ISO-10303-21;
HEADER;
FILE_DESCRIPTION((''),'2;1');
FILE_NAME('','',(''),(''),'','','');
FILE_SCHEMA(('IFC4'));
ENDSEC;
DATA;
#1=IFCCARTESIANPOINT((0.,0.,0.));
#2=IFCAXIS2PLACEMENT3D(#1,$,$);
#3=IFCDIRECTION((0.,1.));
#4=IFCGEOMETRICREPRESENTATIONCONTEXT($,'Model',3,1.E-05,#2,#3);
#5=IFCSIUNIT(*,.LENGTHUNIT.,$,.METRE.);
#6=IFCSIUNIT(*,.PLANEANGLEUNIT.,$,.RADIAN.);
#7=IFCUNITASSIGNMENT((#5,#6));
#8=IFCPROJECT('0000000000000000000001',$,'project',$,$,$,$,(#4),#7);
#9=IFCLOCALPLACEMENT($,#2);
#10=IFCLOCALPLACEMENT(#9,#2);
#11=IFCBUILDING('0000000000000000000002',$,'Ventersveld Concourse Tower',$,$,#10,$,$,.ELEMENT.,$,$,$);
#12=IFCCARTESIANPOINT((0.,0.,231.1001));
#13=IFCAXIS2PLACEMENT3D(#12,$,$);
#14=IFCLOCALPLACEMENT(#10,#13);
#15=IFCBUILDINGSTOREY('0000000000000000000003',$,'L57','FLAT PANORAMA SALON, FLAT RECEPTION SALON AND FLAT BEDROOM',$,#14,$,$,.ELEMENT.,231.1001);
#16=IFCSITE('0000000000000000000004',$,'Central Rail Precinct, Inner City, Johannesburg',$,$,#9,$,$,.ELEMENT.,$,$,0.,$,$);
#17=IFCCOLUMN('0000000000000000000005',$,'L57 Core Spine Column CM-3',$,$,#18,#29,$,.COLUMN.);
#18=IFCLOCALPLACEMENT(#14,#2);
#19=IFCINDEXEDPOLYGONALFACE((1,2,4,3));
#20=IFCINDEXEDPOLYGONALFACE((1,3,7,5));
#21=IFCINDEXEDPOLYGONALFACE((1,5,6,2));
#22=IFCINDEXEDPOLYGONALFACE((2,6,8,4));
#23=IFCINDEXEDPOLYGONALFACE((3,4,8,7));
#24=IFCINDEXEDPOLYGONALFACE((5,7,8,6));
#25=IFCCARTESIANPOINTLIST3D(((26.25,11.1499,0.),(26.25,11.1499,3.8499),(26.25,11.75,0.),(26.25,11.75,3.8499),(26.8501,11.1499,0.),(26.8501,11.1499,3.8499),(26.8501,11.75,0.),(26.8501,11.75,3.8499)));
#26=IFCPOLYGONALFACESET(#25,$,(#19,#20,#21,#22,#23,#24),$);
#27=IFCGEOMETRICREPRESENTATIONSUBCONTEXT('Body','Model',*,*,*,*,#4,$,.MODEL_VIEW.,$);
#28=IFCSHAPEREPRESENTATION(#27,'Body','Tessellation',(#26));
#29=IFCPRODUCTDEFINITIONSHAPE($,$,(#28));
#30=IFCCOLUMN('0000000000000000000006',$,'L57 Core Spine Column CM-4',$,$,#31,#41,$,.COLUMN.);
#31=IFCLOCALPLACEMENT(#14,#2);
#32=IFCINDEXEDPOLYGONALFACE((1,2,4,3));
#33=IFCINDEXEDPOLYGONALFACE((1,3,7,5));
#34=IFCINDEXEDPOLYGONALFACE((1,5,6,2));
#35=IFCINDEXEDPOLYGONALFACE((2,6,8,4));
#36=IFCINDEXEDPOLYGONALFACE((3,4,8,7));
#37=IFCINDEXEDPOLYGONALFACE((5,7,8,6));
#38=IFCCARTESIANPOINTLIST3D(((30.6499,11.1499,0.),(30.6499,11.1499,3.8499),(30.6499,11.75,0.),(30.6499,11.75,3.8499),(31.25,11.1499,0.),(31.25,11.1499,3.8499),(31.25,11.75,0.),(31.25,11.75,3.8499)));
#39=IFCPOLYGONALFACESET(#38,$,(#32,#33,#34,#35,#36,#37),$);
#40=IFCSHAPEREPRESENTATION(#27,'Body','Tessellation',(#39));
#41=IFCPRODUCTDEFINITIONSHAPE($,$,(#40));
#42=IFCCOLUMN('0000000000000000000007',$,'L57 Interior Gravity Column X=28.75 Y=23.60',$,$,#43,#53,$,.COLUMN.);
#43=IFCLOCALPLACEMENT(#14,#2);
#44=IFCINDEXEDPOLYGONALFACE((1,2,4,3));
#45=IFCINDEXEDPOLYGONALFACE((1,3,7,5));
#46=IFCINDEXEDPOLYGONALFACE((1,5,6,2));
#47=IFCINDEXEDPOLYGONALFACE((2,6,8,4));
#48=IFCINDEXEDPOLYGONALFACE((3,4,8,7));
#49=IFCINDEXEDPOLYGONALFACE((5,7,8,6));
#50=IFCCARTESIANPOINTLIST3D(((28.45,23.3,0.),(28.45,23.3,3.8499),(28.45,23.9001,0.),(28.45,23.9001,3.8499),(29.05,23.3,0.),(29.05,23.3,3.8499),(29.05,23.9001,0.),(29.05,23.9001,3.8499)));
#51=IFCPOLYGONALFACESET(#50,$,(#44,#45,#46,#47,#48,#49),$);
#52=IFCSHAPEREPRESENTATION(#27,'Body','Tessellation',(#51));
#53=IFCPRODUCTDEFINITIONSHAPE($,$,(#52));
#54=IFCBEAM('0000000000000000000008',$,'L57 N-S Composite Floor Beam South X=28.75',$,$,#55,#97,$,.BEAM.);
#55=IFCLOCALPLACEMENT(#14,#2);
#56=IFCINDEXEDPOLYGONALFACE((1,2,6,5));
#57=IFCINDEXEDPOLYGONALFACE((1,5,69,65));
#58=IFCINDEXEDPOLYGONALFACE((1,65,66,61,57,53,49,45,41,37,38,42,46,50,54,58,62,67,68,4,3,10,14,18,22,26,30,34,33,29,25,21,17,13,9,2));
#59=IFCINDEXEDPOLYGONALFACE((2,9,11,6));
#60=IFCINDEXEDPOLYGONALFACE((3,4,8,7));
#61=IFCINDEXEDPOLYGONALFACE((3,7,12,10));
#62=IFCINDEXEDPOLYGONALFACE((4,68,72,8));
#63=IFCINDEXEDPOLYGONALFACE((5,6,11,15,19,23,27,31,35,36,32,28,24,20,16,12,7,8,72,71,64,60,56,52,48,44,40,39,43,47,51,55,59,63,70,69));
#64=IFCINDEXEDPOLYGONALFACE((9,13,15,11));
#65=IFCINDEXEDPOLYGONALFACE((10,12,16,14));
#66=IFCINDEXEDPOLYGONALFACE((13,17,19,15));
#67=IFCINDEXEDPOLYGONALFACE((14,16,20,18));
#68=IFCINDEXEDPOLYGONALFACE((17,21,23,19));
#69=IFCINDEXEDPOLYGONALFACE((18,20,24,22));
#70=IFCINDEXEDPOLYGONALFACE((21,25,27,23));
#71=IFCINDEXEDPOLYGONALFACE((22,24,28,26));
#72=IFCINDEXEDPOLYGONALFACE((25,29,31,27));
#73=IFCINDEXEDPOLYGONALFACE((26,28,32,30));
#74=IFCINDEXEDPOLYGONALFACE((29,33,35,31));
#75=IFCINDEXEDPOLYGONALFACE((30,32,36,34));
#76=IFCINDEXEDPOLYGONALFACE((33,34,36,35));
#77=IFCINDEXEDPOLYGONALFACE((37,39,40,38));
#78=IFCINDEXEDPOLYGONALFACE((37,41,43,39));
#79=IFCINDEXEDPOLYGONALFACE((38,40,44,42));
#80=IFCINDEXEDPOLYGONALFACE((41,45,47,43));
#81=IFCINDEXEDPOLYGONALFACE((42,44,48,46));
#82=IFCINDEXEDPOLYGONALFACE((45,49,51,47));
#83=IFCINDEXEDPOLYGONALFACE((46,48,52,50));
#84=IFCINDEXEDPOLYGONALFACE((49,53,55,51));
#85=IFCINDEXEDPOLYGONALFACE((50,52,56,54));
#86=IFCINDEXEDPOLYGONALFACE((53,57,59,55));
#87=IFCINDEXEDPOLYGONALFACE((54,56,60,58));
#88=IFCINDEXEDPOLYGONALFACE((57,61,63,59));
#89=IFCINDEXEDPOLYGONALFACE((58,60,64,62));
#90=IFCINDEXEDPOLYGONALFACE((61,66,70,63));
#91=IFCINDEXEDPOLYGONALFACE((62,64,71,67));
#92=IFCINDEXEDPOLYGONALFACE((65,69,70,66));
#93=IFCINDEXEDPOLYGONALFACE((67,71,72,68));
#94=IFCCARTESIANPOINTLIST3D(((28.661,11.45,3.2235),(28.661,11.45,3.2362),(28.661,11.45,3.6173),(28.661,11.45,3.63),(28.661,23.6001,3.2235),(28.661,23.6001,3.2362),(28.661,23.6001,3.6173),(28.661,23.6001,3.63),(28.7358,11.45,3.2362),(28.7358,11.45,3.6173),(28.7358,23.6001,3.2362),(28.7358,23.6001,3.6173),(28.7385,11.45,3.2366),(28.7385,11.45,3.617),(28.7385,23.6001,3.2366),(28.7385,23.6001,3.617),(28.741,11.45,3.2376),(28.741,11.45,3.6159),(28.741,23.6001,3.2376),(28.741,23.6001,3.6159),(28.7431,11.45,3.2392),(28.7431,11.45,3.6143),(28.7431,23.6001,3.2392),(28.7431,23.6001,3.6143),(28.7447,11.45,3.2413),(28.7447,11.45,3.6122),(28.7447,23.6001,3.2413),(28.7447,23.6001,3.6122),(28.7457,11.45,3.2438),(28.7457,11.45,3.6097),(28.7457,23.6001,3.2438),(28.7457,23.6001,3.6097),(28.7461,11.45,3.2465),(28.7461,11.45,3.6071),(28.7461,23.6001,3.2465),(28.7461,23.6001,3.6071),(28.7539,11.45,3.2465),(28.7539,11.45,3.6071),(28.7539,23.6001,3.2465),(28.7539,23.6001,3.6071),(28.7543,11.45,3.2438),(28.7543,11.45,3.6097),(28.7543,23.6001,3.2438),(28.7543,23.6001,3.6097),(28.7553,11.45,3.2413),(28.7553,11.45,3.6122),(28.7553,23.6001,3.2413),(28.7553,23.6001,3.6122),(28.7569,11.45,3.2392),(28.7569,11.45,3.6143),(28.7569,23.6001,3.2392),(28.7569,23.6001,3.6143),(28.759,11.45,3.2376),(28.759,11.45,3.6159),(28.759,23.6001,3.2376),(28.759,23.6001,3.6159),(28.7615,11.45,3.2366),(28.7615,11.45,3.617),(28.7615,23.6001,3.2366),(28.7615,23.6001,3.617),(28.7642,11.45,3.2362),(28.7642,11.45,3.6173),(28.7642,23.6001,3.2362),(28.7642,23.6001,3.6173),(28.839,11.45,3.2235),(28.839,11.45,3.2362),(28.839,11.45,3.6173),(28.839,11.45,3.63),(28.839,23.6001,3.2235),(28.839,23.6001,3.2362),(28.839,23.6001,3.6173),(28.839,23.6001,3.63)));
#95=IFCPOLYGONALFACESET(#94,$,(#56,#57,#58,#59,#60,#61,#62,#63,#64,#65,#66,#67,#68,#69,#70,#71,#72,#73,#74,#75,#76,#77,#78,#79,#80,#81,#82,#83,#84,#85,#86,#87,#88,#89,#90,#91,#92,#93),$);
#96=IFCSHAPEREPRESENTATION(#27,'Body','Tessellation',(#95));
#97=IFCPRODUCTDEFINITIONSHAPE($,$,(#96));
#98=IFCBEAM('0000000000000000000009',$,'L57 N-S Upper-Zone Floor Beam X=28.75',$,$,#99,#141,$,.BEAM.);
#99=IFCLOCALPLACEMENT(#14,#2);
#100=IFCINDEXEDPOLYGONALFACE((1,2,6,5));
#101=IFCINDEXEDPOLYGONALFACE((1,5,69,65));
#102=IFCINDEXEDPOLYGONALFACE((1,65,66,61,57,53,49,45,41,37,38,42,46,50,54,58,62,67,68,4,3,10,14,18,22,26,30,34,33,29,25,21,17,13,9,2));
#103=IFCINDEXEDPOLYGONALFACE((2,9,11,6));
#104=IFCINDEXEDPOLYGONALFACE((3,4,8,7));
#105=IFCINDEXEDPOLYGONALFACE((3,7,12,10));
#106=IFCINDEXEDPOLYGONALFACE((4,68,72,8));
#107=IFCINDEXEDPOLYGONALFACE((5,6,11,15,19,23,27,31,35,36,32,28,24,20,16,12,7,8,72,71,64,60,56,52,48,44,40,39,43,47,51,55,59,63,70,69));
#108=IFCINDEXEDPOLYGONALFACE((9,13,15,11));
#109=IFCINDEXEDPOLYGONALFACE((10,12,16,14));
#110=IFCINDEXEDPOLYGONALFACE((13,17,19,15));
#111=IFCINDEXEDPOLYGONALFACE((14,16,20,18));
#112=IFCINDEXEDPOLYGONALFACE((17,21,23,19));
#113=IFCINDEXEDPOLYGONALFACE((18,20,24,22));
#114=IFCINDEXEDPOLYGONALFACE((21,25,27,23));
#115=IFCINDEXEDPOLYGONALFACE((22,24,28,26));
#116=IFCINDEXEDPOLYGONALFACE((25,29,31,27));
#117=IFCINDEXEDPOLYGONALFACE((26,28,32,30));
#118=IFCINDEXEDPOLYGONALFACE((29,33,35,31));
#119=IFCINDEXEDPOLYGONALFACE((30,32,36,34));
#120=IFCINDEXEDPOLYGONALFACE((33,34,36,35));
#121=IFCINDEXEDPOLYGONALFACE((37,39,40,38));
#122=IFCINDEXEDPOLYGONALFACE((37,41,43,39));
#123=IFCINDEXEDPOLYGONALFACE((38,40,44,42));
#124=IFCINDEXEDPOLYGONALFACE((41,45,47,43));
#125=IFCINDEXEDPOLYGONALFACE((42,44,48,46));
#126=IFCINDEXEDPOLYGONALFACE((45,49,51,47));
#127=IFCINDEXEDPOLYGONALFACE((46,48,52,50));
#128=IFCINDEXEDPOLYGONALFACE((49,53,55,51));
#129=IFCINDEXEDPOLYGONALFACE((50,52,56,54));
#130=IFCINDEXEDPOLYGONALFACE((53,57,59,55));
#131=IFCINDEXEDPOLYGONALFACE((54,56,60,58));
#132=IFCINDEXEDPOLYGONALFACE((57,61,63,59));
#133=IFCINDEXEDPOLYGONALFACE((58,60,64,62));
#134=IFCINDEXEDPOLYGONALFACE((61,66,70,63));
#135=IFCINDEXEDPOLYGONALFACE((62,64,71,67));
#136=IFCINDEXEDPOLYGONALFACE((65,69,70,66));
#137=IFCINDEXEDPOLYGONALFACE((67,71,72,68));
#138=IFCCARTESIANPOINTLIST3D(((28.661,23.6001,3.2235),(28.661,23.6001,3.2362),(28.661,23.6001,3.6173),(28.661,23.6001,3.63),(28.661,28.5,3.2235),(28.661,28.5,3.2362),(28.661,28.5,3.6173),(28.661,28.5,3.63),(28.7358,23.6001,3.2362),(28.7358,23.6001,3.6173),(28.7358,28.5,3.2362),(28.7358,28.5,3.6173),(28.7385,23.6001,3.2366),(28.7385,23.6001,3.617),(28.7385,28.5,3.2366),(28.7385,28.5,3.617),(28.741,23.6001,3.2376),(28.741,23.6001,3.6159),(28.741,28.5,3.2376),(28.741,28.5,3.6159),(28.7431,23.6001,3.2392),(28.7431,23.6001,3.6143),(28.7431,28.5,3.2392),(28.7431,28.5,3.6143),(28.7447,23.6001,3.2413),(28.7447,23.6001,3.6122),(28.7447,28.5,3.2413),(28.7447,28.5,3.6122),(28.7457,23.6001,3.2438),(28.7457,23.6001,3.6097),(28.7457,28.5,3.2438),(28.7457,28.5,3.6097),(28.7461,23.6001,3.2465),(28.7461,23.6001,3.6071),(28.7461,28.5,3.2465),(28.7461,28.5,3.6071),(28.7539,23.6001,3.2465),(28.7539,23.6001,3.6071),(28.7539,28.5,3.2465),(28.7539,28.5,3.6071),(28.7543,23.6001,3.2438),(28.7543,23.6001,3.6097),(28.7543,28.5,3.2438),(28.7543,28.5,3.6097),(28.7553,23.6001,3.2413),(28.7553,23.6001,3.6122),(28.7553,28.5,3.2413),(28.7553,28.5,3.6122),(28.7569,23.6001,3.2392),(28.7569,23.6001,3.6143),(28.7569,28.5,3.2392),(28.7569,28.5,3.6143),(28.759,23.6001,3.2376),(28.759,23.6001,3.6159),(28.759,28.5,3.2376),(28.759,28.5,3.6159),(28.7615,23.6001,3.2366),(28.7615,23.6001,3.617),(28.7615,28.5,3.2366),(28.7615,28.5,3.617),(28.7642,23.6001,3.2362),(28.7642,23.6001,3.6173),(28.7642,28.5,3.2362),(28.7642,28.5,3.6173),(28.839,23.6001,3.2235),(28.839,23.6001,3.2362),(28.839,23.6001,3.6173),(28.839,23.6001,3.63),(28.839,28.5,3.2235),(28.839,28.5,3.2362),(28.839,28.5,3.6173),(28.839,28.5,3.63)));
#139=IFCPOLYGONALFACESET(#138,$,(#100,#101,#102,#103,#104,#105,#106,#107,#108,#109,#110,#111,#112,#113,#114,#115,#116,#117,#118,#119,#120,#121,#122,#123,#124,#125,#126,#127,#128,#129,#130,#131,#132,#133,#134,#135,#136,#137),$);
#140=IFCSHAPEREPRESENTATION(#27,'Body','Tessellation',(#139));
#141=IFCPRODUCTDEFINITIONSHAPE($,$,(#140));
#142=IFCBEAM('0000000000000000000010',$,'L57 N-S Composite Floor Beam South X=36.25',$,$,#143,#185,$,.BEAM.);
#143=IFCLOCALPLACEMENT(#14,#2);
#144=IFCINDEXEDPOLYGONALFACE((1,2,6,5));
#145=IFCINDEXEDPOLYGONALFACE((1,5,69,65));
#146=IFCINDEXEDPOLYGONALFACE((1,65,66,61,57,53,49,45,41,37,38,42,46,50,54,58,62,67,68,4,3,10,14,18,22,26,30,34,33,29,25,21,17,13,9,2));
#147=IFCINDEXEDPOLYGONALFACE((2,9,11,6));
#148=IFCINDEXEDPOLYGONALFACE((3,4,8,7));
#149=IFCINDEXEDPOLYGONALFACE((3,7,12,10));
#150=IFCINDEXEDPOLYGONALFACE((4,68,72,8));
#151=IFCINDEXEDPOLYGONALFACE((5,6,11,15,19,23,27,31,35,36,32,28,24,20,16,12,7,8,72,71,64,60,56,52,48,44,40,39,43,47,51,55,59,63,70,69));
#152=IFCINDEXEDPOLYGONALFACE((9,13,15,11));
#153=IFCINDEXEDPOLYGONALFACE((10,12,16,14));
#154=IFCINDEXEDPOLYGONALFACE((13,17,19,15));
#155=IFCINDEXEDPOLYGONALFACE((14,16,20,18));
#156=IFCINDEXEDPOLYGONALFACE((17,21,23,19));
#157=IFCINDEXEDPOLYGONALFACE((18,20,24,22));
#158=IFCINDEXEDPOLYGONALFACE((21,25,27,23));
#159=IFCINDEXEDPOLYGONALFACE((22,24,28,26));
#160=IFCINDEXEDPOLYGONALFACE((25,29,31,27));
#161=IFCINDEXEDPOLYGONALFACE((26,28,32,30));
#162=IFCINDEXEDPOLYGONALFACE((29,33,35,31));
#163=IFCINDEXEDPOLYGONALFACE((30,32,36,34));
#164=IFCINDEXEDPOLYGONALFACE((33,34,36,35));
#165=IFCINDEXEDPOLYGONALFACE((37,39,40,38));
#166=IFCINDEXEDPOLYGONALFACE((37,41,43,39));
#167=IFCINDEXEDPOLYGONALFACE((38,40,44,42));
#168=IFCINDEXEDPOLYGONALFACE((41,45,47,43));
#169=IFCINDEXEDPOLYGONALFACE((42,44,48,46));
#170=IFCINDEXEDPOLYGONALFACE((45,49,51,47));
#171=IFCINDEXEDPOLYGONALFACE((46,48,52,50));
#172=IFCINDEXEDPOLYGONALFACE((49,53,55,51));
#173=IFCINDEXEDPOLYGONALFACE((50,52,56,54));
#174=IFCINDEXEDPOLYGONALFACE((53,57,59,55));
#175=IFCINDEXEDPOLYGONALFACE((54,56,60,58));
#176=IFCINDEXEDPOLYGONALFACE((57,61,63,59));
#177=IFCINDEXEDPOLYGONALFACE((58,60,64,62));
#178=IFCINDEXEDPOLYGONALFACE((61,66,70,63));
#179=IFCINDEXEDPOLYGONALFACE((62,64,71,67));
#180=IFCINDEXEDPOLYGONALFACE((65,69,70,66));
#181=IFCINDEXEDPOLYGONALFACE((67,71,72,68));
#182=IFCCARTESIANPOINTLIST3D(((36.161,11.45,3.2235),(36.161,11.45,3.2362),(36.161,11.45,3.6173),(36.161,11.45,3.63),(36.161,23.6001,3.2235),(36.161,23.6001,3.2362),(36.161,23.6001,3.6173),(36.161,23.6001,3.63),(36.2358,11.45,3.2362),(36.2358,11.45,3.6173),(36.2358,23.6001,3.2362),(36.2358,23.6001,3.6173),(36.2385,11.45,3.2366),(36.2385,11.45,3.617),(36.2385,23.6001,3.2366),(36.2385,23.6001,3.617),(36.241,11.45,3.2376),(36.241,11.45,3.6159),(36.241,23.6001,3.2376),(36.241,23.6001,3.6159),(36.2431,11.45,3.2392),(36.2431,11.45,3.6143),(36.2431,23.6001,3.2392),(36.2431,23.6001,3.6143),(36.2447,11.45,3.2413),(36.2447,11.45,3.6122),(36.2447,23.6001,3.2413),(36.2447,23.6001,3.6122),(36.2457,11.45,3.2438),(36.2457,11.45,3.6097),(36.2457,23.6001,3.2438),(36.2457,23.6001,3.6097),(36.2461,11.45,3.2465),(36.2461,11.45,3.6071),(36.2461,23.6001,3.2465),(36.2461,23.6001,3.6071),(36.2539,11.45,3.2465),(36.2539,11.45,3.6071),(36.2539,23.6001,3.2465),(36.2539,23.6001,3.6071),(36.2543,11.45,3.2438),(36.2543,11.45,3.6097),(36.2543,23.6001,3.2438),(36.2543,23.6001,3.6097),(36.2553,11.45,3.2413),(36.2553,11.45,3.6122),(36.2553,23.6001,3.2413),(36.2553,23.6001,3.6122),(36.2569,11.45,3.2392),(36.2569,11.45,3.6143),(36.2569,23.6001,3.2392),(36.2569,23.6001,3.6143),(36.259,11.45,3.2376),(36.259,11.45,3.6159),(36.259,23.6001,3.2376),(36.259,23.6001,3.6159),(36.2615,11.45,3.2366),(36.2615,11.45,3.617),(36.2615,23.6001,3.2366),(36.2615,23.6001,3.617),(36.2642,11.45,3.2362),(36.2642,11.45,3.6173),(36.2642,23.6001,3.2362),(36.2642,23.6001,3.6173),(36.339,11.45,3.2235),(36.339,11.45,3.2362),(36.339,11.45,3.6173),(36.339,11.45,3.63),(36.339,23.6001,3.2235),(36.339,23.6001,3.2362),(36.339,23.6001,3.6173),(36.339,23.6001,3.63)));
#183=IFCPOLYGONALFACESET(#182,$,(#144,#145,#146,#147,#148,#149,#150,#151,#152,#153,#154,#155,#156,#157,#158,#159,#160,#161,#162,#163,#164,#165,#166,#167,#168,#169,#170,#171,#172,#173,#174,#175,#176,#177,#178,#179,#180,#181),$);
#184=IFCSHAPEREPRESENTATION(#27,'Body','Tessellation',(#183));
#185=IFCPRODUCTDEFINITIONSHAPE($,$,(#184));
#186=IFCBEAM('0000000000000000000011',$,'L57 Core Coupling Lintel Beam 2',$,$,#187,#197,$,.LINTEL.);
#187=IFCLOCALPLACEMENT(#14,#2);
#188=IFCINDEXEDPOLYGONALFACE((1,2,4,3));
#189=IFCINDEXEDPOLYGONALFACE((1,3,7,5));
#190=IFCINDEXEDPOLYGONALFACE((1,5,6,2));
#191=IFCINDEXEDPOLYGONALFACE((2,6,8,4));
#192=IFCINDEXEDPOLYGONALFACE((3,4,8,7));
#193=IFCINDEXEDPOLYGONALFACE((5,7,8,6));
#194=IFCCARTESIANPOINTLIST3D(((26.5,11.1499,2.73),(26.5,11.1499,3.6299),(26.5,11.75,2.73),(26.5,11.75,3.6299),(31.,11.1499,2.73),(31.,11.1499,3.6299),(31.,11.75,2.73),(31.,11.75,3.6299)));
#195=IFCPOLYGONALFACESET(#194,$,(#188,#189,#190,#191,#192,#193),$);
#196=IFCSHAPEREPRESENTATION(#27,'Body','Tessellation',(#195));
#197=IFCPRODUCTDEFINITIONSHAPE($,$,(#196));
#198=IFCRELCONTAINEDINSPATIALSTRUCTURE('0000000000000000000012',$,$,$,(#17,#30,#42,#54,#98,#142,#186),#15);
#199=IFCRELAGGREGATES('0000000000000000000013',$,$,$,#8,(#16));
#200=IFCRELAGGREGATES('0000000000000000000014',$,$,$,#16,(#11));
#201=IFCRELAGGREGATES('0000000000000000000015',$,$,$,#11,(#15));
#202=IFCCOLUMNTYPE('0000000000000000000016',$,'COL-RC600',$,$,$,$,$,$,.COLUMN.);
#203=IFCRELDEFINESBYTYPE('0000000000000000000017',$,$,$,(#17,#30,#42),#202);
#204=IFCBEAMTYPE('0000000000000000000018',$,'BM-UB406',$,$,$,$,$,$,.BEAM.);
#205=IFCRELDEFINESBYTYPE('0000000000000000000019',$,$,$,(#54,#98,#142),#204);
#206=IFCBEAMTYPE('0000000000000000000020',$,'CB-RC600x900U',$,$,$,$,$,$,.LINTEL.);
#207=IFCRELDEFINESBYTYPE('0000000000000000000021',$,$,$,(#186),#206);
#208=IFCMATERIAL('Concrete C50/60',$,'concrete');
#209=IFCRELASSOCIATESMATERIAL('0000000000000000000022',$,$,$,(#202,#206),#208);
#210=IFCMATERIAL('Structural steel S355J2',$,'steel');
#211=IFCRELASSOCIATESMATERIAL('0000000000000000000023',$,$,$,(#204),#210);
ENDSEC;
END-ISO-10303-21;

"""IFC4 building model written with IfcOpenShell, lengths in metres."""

from ifc_helpers import new_model, si_unit, direction, frame, origin, origin_2d, place, context, subcontext, project, spatial, rectangle, i_section, extrude, material, material_profile, profile_set, type_object, element, save


model = new_model("IFC4")

# Units and contexts
model_context = context("Model", 3, precision=1e-05, world=origin(), true_north=direction((0.0, 1.0)))
body_context = subcontext(model_context, "Body", "Model", "MODEL_VIEW")
ifc_project = project(units=[si_unit("LENGTHUNIT", "METRE"), si_unit("PLANEANGLEUNIT", "RADIAN")], contexts=[model_context])

# Site, building, storey
site_placement = place(None, origin())
site = spatial("IfcSite", under=ifc_project, at=site_placement, Name="Central Rail Precinct, Inner City, Johannesburg", CompositionType="ELEMENT", RefElevation=0.0)
building_placement = place(site_placement, origin())
building = spatial("IfcBuilding", under=site, at=building_placement, Name="Ventersveld Concourse Tower", CompositionType="ELEMENT")
storey_placement = place(building_placement, frame((0.0, 0.0, 231.1001)))
storey = spatial("IfcBuildingStorey", under=building, at=storey_placement, Name="L57", Description="FLAT PANORAMA SALON, FLAT RECEPTION SALON AND FLAT BEDROOM", CompositionType="ELEMENT", Elevation=231.1001)

# Columns
ifc_material_1 = material(Name="Concrete C50/60", Category="concrete")
ifc_material_profile_1 = material_profile(ifc_material_1, rectangle(XDim=0.6001, YDim=0.6001, at=origin_2d()), Name="RC 600x600")
ifc_profile_set_1 = profile_set([ifc_material_profile_1], Name="Concrete C50/60")
column_type = type_object("IfcColumnType", Name="COL-RC600", PredefinedType="COLUMN", material=ifc_profile_set_1)
for number, where, z_axis, x_axis, name in (
    (1, (26.55, 11.45, 0.0), (0.0, 0.0, 1.0), (1.0, 0.0, 0.0), "L57 Core Spine Column CM-3"),
    (2, (30.95, 11.45, 0.0), (0.0, 0.0, 1.0), (1.0, 0.0, 0.0), "L57 Core Spine Column CM-4"),
    (3, (28.75, 23.6001, 0.0), (0.0, 0.0, 1.0), (1.0, 0.0, 0.0), "L57 Interior Gravity Column X=28.75 Y=23.60"),
):
    element("IfcColumn", number, at=place(storey_placement, frame(where, z_axis=z_axis, x_axis=x_axis)), inside=storey, type_object=column_type, Name=name, PredefinedType="COLUMN", context=body_context, shape_type="SweptSolid", body=[
        extrude(rectangle(XDim=0.6001, YDim=0.6001, at=origin_2d()), origin(), (0.0, 0.0, 1.0), 3.8499),
    ])

# Beams
ifc_material_2 = material(Name="Structural steel S355J2", Category="steel")
ifc_material_profile_2 = material_profile(ifc_material_2, i_section(OverallWidth=0.178, OverallDepth=0.4065, WebThickness=0.0078, FlangeThickness=0.0127, FilletRadius=0.0103, at=origin_2d()), Name="UB 406x178x60")
ifc_profile_set_2 = profile_set([ifc_material_profile_2], Name="Structural steel S355J2")
beam_type_1 = type_object("IfcBeamType", Name="BM-UB406", PredefinedType="BEAM", material=ifc_profile_set_2)
beam_1_placement = place(storey_placement, frame((28.75, 11.45, 3.4268), z_axis=(0.0, 1.0, 0.0), x_axis=(-1.0, 0.0, 0.0)))
element("IfcBeam", 4, at=beam_1_placement, inside=storey, type_object=beam_type_1, Name="L57 N-S Composite Floor Beam South X=28.75", PredefinedType="BEAM", context=body_context, shape_type="SweptSolid", body=[
    extrude(i_section(OverallWidth=0.178, OverallDepth=0.4065, WebThickness=0.0078, FlangeThickness=0.0127, FilletRadius=0.0103, at=origin_2d()), origin(), (0.0, 0.0, 1.0), 12.1501),
])
beam_2_placement = place(storey_placement, frame((28.75, 23.6001, 3.4268), z_axis=(0.0, 1.0, 0.0), x_axis=(-1.0, 0.0, 0.0)))
element("IfcBeam", 5, at=beam_2_placement, inside=storey, type_object=beam_type_1, Name="L57 N-S Upper-Zone Floor Beam X=28.75", PredefinedType="BEAM", context=body_context, shape_type="SweptSolid", body=[
    extrude(i_section(OverallWidth=0.178, OverallDepth=0.4065, WebThickness=0.0078, FlangeThickness=0.0127, FilletRadius=0.0103, at=origin_2d()), origin(), (0.0, 0.0, 1.0), 4.8999),
])
beam_3_placement = place(storey_placement, frame((36.25, 11.45, 3.4268), z_axis=(0.0, 1.0, 0.0), x_axis=(-1.0, 0.0, 0.0)))
element("IfcBeam", 6, at=beam_3_placement, inside=storey, type_object=beam_type_1, Name="L57 N-S Composite Floor Beam South X=36.25", PredefinedType="BEAM", context=body_context, shape_type="SweptSolid", body=[
    extrude(i_section(OverallWidth=0.178, OverallDepth=0.4065, WebThickness=0.0078, FlangeThickness=0.0127, FilletRadius=0.0103, at=origin_2d()), origin(), (0.0, 0.0, 1.0), 12.1501),
])
ifc_material_profile_3 = material_profile(ifc_material_1, rectangle(XDim=0.6001, YDim=0.8999, at=origin_2d()), Name="RC 600x900")
ifc_profile_set_3 = profile_set([ifc_material_profile_3], Name="Concrete C50/60")
beam_type_2 = type_object("IfcBeamType", Name="CB-RC600x900U", PredefinedType="LINTEL", material=ifc_profile_set_3)
beam_4_placement = place(storey_placement, frame((26.5, 11.45, 3.1799), z_axis=(1.0, 0.0, 0.0), x_axis=(0.0, 1.0, 0.0)))
element("IfcBeam", 7, at=beam_4_placement, inside=storey, type_object=beam_type_2, Name="L57 Core Coupling Lintel Beam 2", PredefinedType="LINTEL", context=body_context, shape_type="SweptSolid", body=[
    extrude(rectangle(XDim=0.6001, YDim=0.8999, at=origin_2d()), origin(), (0.0, 0.0, 1.0), 4.5),
])

save(model, "model.ifc")
